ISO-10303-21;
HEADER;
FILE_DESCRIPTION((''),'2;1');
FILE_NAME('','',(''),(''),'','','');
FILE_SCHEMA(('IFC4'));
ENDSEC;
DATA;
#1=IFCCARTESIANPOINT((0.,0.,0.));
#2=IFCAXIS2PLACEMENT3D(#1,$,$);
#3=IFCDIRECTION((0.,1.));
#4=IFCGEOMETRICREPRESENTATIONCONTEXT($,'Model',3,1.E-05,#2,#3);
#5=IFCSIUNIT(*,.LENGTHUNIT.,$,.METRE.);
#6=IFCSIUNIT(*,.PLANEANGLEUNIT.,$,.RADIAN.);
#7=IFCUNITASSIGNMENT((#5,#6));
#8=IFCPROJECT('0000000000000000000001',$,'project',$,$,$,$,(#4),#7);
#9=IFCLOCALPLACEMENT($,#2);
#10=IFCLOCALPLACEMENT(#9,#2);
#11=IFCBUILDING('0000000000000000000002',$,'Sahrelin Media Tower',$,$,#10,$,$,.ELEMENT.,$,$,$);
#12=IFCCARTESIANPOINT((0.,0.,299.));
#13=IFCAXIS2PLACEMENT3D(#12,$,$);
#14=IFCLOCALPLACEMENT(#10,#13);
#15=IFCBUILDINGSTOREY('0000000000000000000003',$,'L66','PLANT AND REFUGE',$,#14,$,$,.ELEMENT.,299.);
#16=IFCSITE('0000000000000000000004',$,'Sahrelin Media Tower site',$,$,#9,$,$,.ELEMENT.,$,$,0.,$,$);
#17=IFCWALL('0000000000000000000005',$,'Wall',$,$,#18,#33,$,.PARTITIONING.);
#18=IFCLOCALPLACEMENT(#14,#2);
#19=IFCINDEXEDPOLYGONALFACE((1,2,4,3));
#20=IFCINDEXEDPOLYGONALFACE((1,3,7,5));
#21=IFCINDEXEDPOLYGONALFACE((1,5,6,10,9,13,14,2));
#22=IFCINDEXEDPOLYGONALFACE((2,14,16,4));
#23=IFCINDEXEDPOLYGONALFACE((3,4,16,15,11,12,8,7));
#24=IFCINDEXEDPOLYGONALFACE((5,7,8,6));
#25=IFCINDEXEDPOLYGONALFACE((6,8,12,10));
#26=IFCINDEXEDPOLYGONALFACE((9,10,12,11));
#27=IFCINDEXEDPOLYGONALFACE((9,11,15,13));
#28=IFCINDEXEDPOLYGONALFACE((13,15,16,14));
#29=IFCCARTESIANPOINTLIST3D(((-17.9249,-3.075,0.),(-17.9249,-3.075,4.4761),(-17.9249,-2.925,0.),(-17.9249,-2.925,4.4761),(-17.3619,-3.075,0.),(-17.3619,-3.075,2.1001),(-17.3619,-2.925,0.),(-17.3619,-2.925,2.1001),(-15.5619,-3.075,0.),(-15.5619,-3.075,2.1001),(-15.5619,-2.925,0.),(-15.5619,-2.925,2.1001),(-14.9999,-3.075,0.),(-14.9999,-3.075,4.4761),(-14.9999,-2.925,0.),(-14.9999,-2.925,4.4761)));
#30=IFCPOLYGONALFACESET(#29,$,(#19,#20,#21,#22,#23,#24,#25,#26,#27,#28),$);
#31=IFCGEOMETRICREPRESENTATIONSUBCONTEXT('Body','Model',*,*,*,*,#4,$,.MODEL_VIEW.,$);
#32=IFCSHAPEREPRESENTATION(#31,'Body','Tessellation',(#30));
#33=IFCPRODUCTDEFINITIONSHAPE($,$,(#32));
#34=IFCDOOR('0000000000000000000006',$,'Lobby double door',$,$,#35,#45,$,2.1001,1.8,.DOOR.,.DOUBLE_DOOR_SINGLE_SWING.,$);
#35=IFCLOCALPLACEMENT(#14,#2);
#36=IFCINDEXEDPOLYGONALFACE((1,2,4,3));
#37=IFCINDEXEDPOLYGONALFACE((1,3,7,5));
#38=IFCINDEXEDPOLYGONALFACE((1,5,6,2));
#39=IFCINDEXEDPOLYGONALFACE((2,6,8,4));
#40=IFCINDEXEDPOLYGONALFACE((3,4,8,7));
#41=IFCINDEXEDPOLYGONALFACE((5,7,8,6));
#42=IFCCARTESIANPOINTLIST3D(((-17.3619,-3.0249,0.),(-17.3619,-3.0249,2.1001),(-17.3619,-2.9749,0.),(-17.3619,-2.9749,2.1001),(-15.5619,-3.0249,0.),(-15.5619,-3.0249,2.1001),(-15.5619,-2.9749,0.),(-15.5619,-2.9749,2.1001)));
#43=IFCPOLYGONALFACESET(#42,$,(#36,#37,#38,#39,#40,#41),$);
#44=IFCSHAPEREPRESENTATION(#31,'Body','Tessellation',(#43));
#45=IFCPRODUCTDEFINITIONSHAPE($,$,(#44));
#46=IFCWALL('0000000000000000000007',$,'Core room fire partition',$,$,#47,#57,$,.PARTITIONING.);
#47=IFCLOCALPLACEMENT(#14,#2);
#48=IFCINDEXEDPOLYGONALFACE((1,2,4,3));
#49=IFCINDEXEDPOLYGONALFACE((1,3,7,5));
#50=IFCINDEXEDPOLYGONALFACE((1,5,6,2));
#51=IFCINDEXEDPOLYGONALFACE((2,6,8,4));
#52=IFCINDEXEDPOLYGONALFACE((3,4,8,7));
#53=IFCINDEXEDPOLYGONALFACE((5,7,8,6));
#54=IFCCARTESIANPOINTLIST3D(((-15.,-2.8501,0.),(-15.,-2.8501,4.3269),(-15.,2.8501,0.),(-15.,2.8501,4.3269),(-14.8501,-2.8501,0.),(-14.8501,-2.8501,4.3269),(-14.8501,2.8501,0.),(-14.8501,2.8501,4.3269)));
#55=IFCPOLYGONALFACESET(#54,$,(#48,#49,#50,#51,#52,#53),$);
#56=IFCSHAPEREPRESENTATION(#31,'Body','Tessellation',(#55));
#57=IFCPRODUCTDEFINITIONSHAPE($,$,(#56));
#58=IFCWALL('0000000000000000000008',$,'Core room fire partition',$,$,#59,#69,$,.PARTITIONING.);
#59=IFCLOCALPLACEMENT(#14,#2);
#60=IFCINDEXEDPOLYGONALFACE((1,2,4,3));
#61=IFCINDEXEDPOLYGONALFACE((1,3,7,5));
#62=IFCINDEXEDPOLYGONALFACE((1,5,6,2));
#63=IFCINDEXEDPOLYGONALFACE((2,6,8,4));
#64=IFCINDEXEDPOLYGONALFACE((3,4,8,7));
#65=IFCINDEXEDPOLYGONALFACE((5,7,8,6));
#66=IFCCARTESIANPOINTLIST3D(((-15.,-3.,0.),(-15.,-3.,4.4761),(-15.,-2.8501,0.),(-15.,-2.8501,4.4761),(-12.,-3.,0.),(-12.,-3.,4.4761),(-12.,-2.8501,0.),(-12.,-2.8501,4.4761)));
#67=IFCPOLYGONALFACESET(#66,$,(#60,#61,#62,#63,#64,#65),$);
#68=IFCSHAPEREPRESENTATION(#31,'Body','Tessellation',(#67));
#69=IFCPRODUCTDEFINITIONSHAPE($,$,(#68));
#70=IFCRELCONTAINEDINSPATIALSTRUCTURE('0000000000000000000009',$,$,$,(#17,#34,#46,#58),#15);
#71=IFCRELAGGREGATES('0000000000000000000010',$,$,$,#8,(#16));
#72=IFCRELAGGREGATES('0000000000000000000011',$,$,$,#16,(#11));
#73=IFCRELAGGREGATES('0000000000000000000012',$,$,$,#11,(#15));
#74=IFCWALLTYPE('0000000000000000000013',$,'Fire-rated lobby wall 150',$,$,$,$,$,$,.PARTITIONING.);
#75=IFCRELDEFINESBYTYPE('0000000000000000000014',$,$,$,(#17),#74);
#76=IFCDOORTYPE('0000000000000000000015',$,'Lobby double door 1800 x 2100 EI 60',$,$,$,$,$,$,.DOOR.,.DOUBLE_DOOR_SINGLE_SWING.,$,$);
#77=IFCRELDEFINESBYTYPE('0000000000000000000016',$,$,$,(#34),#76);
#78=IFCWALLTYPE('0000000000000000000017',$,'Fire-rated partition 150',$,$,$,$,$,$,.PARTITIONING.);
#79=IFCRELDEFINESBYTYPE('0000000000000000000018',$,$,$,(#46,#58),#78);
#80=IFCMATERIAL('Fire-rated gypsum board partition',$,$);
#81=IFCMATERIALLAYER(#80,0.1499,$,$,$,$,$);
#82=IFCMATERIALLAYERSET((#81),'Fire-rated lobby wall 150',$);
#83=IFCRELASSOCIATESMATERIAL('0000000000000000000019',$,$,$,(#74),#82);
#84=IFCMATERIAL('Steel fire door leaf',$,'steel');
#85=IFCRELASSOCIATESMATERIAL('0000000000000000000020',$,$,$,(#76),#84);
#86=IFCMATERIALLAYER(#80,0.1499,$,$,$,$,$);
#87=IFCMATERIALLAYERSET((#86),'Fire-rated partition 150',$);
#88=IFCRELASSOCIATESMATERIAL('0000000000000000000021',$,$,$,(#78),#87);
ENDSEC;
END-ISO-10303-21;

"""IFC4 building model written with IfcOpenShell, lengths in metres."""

from ifc_helpers import new_model, si_unit, direction, frame, frame_2d, origin, place, context, subcontext, project, spatial, rectangle, extrude, material, layer, layer_set, type_object, element, fill, save


model = new_model("IFC4")

# Units and contexts
model_context = context("Model", 3, precision=1e-05, world=origin(), true_north=direction((0.0, 1.0)))
body_context = subcontext(model_context, "Body", "Model", "MODEL_VIEW")
ifc_project = project(units=[si_unit("LENGTHUNIT", "METRE"), si_unit("PLANEANGLEUNIT", "RADIAN")], contexts=[model_context])

# Site, building, storey
site_placement = place(None, origin())
site = spatial("IfcSite", under=ifc_project, at=site_placement, Name="Sahrelin Media Tower site", CompositionType="ELEMENT", RefElevation=0.0)
building_placement = place(site_placement, origin())
building = spatial("IfcBuilding", under=site, at=building_placement, Name="Sahrelin Media Tower", CompositionType="ELEMENT")
storey_placement = place(building_placement, frame((0.0, 0.0, 299.0)))
storey = spatial("IfcBuildingStorey", under=building, at=storey_placement, Name="L66", Description="PLANT AND REFUGE", CompositionType="ELEMENT", Elevation=299.0)

# Wall, opening, door
ifc_material_1 = material(Name="Fire-rated gypsum board partition")
ifc_layer_1 = layer(ifc_material_1, 0.1499)
ifc_layer_set_1 = layer_set([ifc_layer_1], Name="Fire-rated lobby wall 150")
wall_type_1 = type_object("IfcWallType", Name="Fire-rated lobby wall 150", PredefinedType="PARTITIONING", material=ifc_layer_set_1)
ifc_material_2 = material(Name="Steel fire door leaf", Category="steel")
door_type = type_object("IfcDoorType", Name="Lobby double door 1800 x 2100 EI 60", OperationType="DOUBLE_DOOR_SINGLE_SWING", PredefinedType="DOOR", material=ifc_material_2)
wall_1_placement = place(storey_placement, frame((-15.0, -3.0, 0.0), z_axis=(0.0, 0.0, 1.0), x_axis=(-1.0, 0.0, 0.0)))
wall_1 = element("IfcWall", 1, at=wall_1_placement, inside=storey, type_object=wall_type_1, Name="Wall", PredefinedType="PARTITIONING", context=body_context, shape_type="SweptSolid", body=[
    extrude(rectangle(XDim=2.925, YDim=0.1499, at=frame_2d((1.4624, 0.0))), origin(), (0.0, 0.0, 1.0), 4.4761),
])
opening_1_placement = place(wall_1_placement, frame((0.562, 0.0, 0.0)))
opening_1 = element("IfcOpeningElement", 2, at=opening_1_placement, cuts=wall_1, PredefinedType="OPENING", context=body_context, shape_type="SweptSolid", body=[
    extrude(rectangle(XDim=1.8, YDim=2.1001, at=frame_2d((0.8999, 1.05))), frame((0.0, 0.075, 0.0), z_axis=(0.0, -1.0, 0.0), x_axis=(1.0, 0.0, 0.0)), (0.0, 0.0, 1.0), 0.1499),
])
door_1_placement = place(opening_1_placement, origin())
door_1 = element("IfcDoor", 3, at=door_1_placement, inside=storey, type_object=door_type, Name="Lobby double door", OperationType="DOUBLE_DOOR_SINGLE_SWING", OverallHeight=2.1001, OverallWidth=1.8, PredefinedType="DOOR", context=body_context, shape_type="SweptSolid", body=[
    extrude(rectangle(XDim=1.8, YDim=2.1001, at=frame_2d((0.8999, 1.05))), frame((0.0, 0.0249, 0.0), z_axis=(0.0, -1.0, 0.0), x_axis=(1.0, 0.0, 0.0)), (0.0, 0.0, 1.0), 0.05),
])
fill(opening_1, door_1)

# Walls
ifc_layer_2 = layer(ifc_material_1, 0.1499)
ifc_layer_set_2 = layer_set([ifc_layer_2], Name="Fire-rated partition 150")
wall_type_2 = type_object("IfcWallType", Name="Fire-rated partition 150", PredefinedType="PARTITIONING", material=ifc_layer_set_2)
wall_2_placement = place(storey_placement, frame((-14.925, -2.8501, 0.0), z_axis=(0.0, 0.0, 1.0), x_axis=(0.0, 1.0, 0.0)))
element("IfcWall", 4, at=wall_2_placement, inside=storey, type_object=wall_type_2, Name="Core room fire partition", PredefinedType="PARTITIONING", context=body_context, shape_type="SweptSolid", body=[
    extrude(rectangle(XDim=5.7002, YDim=0.1499, at=frame_2d((2.8501, 0.0))), origin(), (0.0, 0.0, 1.0), 4.3269),
])
wall_3_placement = place(storey_placement, frame((-15.0, -2.925, 0.0), z_axis=(0.0, 0.0, 1.0), x_axis=(1.0, 0.0, 0.0)))
element("IfcWall", 5, at=wall_3_placement, inside=storey, type_object=wall_type_2, Name="Core room fire partition", PredefinedType="PARTITIONING", context=body_context, shape_type="SweptSolid", body=[
    extrude(rectangle(XDim=3.0, YDim=0.1499, at=frame_2d((1.5, 0.0))), origin(), (0.0, 0.0, 1.0), 4.4761),
])

save(model, "model.ifc")
